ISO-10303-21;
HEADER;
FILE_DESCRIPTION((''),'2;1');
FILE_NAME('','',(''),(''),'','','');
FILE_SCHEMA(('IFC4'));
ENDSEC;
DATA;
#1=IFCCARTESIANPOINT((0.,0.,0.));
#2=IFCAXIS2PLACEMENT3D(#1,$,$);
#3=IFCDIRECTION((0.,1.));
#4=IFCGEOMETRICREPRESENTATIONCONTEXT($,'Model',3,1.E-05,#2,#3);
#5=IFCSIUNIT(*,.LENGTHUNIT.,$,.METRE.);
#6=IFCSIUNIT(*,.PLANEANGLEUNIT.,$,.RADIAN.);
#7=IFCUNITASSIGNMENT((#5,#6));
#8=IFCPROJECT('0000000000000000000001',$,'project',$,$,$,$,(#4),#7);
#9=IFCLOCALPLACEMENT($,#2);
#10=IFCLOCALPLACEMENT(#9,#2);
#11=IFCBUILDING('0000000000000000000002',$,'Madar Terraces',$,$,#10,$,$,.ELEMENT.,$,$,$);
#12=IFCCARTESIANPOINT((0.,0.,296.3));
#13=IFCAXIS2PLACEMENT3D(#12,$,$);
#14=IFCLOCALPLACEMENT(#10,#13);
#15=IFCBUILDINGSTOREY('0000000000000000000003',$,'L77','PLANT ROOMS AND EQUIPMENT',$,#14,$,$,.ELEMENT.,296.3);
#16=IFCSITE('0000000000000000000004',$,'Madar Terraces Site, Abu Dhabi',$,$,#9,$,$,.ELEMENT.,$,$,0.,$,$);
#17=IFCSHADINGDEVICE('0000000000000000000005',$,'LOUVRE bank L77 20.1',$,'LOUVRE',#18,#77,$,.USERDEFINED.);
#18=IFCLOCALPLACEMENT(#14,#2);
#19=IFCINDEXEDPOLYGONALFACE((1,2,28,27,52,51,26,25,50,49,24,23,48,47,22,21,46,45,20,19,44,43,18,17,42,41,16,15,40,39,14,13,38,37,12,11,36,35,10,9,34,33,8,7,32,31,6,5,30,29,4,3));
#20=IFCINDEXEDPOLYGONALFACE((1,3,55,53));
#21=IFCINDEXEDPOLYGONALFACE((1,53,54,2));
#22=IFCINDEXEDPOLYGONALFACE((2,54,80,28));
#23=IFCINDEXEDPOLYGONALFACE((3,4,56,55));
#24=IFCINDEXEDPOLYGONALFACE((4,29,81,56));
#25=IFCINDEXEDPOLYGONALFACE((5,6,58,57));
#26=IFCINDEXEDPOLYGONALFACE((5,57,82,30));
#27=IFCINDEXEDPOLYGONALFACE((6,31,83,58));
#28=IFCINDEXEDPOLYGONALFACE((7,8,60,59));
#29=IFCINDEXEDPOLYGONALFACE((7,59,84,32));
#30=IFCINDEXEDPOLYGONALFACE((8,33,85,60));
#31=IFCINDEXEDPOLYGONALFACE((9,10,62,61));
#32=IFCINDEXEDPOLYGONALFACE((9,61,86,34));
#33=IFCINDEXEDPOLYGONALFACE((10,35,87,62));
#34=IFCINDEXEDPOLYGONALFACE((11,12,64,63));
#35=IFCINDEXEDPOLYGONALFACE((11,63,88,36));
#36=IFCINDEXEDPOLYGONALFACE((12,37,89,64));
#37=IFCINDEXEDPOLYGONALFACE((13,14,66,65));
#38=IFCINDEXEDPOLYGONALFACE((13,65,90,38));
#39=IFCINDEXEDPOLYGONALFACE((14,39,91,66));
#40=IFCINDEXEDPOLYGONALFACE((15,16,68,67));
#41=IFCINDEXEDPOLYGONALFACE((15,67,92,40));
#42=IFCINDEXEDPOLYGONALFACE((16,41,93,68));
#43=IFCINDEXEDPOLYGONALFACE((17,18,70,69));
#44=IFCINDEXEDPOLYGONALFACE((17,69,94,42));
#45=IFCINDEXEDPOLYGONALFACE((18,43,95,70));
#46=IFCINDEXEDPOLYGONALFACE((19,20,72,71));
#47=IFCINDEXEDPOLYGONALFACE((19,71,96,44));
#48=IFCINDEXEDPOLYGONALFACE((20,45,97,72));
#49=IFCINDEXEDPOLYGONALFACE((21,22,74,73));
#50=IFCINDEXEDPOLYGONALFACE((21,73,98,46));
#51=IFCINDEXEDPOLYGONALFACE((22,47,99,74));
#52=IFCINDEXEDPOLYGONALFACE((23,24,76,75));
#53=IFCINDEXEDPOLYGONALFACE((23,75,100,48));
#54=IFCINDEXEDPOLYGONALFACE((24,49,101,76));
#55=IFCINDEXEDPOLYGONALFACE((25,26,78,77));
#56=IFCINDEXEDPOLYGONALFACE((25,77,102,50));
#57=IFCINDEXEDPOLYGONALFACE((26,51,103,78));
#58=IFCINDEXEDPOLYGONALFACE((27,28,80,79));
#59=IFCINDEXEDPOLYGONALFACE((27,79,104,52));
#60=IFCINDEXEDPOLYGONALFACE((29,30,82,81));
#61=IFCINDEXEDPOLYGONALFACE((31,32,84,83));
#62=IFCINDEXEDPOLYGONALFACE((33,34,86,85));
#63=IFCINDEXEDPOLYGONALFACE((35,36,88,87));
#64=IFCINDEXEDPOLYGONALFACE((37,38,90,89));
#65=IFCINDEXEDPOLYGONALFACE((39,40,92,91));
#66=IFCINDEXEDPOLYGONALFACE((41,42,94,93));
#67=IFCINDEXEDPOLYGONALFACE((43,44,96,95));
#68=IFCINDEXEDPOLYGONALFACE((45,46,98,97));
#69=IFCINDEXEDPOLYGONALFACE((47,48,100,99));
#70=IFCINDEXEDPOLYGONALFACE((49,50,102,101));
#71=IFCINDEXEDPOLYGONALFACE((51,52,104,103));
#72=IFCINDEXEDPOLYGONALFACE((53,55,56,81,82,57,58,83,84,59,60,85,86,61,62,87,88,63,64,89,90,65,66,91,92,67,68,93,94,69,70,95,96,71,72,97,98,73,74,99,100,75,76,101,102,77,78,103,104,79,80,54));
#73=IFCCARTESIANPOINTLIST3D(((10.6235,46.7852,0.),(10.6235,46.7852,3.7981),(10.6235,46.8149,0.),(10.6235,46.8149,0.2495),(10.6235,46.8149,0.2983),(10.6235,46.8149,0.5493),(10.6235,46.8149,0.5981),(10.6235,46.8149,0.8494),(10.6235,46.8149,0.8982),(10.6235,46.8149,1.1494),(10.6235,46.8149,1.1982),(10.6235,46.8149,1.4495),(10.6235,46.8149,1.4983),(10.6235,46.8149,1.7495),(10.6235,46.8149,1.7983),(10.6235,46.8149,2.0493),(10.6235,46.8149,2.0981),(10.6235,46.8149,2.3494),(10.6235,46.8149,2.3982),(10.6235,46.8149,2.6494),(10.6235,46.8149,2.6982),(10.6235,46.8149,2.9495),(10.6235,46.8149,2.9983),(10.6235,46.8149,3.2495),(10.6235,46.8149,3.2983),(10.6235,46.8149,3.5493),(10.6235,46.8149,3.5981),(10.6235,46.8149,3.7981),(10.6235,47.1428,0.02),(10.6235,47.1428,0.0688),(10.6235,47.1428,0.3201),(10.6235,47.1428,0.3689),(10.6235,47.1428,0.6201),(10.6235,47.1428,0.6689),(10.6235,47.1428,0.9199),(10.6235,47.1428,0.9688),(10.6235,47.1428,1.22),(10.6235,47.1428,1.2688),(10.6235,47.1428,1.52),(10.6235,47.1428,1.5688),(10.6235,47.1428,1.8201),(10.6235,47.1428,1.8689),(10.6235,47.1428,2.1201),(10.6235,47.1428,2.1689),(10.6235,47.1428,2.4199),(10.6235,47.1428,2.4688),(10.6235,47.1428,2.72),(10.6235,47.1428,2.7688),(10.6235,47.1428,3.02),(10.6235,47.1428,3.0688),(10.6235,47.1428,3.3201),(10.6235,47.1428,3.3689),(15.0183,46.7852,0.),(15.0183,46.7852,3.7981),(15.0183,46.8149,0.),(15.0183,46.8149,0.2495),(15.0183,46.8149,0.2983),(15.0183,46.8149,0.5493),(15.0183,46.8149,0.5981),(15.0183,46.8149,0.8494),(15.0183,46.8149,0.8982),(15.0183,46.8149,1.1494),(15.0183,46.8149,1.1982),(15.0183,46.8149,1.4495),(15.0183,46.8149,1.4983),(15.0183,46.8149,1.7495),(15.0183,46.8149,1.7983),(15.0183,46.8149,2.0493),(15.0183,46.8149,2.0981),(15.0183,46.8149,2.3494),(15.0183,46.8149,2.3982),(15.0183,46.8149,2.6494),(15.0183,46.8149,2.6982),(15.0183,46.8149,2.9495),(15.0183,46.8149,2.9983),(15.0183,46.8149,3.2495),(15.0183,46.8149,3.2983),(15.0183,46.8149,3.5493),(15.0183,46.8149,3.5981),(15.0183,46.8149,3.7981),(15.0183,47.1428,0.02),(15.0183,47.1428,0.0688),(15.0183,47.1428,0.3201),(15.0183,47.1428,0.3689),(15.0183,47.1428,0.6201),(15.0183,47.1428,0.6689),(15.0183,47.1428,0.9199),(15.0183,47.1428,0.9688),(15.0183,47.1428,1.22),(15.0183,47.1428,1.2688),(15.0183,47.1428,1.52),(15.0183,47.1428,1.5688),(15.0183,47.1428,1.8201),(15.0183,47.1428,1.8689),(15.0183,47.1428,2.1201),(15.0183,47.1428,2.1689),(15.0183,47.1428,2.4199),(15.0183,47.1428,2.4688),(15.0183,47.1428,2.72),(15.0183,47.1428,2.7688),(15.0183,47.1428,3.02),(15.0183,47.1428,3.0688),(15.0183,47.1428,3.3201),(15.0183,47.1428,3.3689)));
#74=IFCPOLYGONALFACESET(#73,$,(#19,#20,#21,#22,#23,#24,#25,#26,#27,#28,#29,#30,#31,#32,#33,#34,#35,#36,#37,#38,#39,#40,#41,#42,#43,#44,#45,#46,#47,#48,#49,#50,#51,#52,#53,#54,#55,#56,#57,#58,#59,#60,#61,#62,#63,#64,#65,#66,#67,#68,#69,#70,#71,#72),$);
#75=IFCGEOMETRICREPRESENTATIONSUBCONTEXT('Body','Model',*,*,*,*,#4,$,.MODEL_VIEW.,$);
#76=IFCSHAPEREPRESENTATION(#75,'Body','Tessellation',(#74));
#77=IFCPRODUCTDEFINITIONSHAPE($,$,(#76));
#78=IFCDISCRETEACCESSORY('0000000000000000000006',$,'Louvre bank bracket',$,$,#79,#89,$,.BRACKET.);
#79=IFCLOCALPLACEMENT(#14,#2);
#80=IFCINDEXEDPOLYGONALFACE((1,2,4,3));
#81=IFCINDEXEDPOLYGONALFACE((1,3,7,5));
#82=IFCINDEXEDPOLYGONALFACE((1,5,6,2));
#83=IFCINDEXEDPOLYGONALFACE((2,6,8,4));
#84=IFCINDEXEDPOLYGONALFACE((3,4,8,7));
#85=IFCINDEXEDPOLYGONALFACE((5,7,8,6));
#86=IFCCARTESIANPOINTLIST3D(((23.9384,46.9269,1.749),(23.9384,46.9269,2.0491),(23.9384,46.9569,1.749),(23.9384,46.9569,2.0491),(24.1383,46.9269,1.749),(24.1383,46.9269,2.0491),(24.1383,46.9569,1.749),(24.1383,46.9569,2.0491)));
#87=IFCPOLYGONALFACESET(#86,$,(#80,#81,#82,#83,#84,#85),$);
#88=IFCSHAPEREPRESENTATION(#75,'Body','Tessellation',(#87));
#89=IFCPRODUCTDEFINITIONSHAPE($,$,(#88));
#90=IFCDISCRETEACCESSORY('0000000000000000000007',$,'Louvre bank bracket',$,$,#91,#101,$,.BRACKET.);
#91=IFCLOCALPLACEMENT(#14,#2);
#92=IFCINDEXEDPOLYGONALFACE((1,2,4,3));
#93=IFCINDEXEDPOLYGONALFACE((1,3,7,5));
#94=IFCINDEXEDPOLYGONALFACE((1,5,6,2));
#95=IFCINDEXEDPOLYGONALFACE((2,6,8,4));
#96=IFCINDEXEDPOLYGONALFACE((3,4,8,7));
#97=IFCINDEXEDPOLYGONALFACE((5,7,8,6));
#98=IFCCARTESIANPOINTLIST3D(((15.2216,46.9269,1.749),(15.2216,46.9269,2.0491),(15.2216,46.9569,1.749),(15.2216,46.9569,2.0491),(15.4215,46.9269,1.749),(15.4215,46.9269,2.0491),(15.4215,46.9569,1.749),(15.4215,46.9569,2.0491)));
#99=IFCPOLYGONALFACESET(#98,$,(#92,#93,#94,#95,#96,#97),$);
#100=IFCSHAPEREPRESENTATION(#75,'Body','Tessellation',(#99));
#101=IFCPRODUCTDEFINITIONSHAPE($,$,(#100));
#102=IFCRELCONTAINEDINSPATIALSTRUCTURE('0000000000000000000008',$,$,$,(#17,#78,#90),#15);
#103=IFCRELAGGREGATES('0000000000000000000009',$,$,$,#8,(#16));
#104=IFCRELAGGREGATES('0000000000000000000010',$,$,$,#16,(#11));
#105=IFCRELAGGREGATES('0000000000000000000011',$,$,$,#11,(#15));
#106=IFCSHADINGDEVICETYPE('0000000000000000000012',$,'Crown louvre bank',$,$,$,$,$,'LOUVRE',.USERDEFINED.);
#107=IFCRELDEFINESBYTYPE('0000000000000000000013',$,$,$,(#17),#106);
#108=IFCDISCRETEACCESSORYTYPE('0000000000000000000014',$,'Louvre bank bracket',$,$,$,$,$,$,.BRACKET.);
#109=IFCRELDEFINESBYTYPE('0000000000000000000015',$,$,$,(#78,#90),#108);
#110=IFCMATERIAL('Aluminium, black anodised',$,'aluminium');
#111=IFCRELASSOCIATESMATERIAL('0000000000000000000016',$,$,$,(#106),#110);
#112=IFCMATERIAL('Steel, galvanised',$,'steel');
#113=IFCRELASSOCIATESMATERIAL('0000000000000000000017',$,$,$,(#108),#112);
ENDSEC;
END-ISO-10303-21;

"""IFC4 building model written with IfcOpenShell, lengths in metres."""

from ifc_helpers import new_model, si_unit, direction, frame, origin, origin_2d, place, context, subcontext, project, spatial, polyline, rectangle, outline, extrude, material, type_object, element, save


model = new_model("IFC4")

# Units and contexts
model_context = context("Model", 3, precision=1e-05, world=origin(), true_north=direction((0.0, 1.0)))
body_context = subcontext(model_context, "Body", "Model", "MODEL_VIEW")
ifc_project = project(units=[si_unit("LENGTHUNIT", "METRE"), si_unit("PLANEANGLEUNIT", "RADIAN")], contexts=[model_context])

# Site, building, storey
site_placement = place(None, origin())
site = spatial("IfcSite", under=ifc_project, at=site_placement, Name="Madar Terraces Site, Abu Dhabi", CompositionType="ELEMENT", RefElevation=0.0)
building_placement = place(site_placement, origin())
building = spatial("IfcBuilding", under=site, at=building_placement, Name="Madar Terraces", CompositionType="ELEMENT")
storey_placement = place(building_placement, frame((0.0, 0.0, 296.3)))
storey = spatial("IfcBuildingStorey", under=building, at=storey_placement, Name="L77", Description="PLANT ROOMS AND EQUIPMENT", CompositionType="ELEMENT", Elevation=296.3)

# Shading device
ifc_material_1 = material(Name="Aluminium, black anodised", Category="aluminium")
shading_device_type = type_object("IfcShadingDeviceType", Name="Crown louvre bank", ElementType="LOUVRE", PredefinedType="USERDEFINED", material=ifc_material_1)
shading_device_1_placement = place(storey_placement, frame((15.0183, 46.8, 0.0), z_axis=(-1.0, 0.0, 0.0), x_axis=(0.0, -1.0, 0.0)))
element("IfcShadingDevice", 1, at=shading_device_1_placement, inside=storey, type_object=shading_device_type, Name="LOUVRE bank L77 20.1", ObjectType="LOUVRE", PredefinedType="USERDEFINED", context=body_context, shape_type="SweptSolid", body=[
    extrude(outline(polyline([(0.0149, 0.0), (-0.0149, 0.0), (-0.0149, 0.2495), (-0.3428, 0.02), (-0.3428, 0.0688), (-0.0149, 0.2983), (-0.0149, 0.5493), (-0.3428, 0.3201), (-0.3428, 0.3689), (-0.0149, 0.5981), (-0.0149, 0.8494), (-0.3428, 0.6201), (-0.3428, 0.6689), (-0.0149, 0.8982), (-0.0149, 1.1494), (-0.3428, 0.9199), (-0.3428, 0.9688), (-0.0149, 1.1982), (-0.0149, 1.4495), (-0.3428, 1.22), (-0.3428, 1.2688), (-0.0149, 1.4983), (-0.0149, 1.7495), (-0.3428, 1.52), (-0.3428, 1.5688), (-0.0149, 1.7983), (-0.0149, 2.0493), (-0.3428, 1.8201), (-0.3428, 1.8689), (-0.0149, 2.0981), (-0.0149, 2.3494), (-0.3428, 2.1201), (-0.3428, 2.1689), (-0.0149, 2.3982), (-0.0149, 2.6494), (-0.3428, 2.4199), (-0.3428, 2.4688), (-0.0149, 2.6982), (-0.0149, 2.9495), (-0.3428, 2.72), (-0.3428, 2.7688), (-0.0149, 2.9983), (-0.0149, 3.2495), (-0.3428, 3.02), (-0.3428, 3.0688), (-0.0149, 3.2983), (-0.0149, 3.5493), (-0.3428, 3.3201), (-0.3428, 3.3689), (-0.0149, 3.5981), (-0.0149, 3.7981), (0.0149, 3.7981), (0.0149, 0.0)])), origin(), (0.0, 0.0, 1.0), 4.3948),
])

# Discrete accessories
ifc_material_2 = material(Name="Steel, galvanised", Category="steel")
discrete_accessory_type = type_object("IfcDiscreteAccessoryType", Name="Louvre bank bracket", PredefinedType="BRACKET", material=ifc_material_2)
for number, where, z_axis, x_axis, name in (
    (2, (24.0383, 46.9419, 1.749), (0.0, 0.0, 1.0), (-1.0, 0.0, 0.0), "Louvre bank bracket"),
    (3, (15.3215, 46.9419, 1.749), (0.0, 0.0, 1.0), (-1.0, 0.0, 0.0), "Louvre bank bracket"),
):
    element("IfcDiscreteAccessory", number, at=place(storey_placement, frame(where, z_axis=z_axis, x_axis=x_axis)), inside=storey, type_object=discrete_accessory_type, Name=name, PredefinedType="BRACKET", context=body_context, shape_type="SweptSolid", body=[
        extrude(rectangle(XDim=0.2, YDim=0.03, at=origin_2d()), origin(), (0.0, 0.0, 1.0), 0.3),
    ])

save(model, "model.ifc")
